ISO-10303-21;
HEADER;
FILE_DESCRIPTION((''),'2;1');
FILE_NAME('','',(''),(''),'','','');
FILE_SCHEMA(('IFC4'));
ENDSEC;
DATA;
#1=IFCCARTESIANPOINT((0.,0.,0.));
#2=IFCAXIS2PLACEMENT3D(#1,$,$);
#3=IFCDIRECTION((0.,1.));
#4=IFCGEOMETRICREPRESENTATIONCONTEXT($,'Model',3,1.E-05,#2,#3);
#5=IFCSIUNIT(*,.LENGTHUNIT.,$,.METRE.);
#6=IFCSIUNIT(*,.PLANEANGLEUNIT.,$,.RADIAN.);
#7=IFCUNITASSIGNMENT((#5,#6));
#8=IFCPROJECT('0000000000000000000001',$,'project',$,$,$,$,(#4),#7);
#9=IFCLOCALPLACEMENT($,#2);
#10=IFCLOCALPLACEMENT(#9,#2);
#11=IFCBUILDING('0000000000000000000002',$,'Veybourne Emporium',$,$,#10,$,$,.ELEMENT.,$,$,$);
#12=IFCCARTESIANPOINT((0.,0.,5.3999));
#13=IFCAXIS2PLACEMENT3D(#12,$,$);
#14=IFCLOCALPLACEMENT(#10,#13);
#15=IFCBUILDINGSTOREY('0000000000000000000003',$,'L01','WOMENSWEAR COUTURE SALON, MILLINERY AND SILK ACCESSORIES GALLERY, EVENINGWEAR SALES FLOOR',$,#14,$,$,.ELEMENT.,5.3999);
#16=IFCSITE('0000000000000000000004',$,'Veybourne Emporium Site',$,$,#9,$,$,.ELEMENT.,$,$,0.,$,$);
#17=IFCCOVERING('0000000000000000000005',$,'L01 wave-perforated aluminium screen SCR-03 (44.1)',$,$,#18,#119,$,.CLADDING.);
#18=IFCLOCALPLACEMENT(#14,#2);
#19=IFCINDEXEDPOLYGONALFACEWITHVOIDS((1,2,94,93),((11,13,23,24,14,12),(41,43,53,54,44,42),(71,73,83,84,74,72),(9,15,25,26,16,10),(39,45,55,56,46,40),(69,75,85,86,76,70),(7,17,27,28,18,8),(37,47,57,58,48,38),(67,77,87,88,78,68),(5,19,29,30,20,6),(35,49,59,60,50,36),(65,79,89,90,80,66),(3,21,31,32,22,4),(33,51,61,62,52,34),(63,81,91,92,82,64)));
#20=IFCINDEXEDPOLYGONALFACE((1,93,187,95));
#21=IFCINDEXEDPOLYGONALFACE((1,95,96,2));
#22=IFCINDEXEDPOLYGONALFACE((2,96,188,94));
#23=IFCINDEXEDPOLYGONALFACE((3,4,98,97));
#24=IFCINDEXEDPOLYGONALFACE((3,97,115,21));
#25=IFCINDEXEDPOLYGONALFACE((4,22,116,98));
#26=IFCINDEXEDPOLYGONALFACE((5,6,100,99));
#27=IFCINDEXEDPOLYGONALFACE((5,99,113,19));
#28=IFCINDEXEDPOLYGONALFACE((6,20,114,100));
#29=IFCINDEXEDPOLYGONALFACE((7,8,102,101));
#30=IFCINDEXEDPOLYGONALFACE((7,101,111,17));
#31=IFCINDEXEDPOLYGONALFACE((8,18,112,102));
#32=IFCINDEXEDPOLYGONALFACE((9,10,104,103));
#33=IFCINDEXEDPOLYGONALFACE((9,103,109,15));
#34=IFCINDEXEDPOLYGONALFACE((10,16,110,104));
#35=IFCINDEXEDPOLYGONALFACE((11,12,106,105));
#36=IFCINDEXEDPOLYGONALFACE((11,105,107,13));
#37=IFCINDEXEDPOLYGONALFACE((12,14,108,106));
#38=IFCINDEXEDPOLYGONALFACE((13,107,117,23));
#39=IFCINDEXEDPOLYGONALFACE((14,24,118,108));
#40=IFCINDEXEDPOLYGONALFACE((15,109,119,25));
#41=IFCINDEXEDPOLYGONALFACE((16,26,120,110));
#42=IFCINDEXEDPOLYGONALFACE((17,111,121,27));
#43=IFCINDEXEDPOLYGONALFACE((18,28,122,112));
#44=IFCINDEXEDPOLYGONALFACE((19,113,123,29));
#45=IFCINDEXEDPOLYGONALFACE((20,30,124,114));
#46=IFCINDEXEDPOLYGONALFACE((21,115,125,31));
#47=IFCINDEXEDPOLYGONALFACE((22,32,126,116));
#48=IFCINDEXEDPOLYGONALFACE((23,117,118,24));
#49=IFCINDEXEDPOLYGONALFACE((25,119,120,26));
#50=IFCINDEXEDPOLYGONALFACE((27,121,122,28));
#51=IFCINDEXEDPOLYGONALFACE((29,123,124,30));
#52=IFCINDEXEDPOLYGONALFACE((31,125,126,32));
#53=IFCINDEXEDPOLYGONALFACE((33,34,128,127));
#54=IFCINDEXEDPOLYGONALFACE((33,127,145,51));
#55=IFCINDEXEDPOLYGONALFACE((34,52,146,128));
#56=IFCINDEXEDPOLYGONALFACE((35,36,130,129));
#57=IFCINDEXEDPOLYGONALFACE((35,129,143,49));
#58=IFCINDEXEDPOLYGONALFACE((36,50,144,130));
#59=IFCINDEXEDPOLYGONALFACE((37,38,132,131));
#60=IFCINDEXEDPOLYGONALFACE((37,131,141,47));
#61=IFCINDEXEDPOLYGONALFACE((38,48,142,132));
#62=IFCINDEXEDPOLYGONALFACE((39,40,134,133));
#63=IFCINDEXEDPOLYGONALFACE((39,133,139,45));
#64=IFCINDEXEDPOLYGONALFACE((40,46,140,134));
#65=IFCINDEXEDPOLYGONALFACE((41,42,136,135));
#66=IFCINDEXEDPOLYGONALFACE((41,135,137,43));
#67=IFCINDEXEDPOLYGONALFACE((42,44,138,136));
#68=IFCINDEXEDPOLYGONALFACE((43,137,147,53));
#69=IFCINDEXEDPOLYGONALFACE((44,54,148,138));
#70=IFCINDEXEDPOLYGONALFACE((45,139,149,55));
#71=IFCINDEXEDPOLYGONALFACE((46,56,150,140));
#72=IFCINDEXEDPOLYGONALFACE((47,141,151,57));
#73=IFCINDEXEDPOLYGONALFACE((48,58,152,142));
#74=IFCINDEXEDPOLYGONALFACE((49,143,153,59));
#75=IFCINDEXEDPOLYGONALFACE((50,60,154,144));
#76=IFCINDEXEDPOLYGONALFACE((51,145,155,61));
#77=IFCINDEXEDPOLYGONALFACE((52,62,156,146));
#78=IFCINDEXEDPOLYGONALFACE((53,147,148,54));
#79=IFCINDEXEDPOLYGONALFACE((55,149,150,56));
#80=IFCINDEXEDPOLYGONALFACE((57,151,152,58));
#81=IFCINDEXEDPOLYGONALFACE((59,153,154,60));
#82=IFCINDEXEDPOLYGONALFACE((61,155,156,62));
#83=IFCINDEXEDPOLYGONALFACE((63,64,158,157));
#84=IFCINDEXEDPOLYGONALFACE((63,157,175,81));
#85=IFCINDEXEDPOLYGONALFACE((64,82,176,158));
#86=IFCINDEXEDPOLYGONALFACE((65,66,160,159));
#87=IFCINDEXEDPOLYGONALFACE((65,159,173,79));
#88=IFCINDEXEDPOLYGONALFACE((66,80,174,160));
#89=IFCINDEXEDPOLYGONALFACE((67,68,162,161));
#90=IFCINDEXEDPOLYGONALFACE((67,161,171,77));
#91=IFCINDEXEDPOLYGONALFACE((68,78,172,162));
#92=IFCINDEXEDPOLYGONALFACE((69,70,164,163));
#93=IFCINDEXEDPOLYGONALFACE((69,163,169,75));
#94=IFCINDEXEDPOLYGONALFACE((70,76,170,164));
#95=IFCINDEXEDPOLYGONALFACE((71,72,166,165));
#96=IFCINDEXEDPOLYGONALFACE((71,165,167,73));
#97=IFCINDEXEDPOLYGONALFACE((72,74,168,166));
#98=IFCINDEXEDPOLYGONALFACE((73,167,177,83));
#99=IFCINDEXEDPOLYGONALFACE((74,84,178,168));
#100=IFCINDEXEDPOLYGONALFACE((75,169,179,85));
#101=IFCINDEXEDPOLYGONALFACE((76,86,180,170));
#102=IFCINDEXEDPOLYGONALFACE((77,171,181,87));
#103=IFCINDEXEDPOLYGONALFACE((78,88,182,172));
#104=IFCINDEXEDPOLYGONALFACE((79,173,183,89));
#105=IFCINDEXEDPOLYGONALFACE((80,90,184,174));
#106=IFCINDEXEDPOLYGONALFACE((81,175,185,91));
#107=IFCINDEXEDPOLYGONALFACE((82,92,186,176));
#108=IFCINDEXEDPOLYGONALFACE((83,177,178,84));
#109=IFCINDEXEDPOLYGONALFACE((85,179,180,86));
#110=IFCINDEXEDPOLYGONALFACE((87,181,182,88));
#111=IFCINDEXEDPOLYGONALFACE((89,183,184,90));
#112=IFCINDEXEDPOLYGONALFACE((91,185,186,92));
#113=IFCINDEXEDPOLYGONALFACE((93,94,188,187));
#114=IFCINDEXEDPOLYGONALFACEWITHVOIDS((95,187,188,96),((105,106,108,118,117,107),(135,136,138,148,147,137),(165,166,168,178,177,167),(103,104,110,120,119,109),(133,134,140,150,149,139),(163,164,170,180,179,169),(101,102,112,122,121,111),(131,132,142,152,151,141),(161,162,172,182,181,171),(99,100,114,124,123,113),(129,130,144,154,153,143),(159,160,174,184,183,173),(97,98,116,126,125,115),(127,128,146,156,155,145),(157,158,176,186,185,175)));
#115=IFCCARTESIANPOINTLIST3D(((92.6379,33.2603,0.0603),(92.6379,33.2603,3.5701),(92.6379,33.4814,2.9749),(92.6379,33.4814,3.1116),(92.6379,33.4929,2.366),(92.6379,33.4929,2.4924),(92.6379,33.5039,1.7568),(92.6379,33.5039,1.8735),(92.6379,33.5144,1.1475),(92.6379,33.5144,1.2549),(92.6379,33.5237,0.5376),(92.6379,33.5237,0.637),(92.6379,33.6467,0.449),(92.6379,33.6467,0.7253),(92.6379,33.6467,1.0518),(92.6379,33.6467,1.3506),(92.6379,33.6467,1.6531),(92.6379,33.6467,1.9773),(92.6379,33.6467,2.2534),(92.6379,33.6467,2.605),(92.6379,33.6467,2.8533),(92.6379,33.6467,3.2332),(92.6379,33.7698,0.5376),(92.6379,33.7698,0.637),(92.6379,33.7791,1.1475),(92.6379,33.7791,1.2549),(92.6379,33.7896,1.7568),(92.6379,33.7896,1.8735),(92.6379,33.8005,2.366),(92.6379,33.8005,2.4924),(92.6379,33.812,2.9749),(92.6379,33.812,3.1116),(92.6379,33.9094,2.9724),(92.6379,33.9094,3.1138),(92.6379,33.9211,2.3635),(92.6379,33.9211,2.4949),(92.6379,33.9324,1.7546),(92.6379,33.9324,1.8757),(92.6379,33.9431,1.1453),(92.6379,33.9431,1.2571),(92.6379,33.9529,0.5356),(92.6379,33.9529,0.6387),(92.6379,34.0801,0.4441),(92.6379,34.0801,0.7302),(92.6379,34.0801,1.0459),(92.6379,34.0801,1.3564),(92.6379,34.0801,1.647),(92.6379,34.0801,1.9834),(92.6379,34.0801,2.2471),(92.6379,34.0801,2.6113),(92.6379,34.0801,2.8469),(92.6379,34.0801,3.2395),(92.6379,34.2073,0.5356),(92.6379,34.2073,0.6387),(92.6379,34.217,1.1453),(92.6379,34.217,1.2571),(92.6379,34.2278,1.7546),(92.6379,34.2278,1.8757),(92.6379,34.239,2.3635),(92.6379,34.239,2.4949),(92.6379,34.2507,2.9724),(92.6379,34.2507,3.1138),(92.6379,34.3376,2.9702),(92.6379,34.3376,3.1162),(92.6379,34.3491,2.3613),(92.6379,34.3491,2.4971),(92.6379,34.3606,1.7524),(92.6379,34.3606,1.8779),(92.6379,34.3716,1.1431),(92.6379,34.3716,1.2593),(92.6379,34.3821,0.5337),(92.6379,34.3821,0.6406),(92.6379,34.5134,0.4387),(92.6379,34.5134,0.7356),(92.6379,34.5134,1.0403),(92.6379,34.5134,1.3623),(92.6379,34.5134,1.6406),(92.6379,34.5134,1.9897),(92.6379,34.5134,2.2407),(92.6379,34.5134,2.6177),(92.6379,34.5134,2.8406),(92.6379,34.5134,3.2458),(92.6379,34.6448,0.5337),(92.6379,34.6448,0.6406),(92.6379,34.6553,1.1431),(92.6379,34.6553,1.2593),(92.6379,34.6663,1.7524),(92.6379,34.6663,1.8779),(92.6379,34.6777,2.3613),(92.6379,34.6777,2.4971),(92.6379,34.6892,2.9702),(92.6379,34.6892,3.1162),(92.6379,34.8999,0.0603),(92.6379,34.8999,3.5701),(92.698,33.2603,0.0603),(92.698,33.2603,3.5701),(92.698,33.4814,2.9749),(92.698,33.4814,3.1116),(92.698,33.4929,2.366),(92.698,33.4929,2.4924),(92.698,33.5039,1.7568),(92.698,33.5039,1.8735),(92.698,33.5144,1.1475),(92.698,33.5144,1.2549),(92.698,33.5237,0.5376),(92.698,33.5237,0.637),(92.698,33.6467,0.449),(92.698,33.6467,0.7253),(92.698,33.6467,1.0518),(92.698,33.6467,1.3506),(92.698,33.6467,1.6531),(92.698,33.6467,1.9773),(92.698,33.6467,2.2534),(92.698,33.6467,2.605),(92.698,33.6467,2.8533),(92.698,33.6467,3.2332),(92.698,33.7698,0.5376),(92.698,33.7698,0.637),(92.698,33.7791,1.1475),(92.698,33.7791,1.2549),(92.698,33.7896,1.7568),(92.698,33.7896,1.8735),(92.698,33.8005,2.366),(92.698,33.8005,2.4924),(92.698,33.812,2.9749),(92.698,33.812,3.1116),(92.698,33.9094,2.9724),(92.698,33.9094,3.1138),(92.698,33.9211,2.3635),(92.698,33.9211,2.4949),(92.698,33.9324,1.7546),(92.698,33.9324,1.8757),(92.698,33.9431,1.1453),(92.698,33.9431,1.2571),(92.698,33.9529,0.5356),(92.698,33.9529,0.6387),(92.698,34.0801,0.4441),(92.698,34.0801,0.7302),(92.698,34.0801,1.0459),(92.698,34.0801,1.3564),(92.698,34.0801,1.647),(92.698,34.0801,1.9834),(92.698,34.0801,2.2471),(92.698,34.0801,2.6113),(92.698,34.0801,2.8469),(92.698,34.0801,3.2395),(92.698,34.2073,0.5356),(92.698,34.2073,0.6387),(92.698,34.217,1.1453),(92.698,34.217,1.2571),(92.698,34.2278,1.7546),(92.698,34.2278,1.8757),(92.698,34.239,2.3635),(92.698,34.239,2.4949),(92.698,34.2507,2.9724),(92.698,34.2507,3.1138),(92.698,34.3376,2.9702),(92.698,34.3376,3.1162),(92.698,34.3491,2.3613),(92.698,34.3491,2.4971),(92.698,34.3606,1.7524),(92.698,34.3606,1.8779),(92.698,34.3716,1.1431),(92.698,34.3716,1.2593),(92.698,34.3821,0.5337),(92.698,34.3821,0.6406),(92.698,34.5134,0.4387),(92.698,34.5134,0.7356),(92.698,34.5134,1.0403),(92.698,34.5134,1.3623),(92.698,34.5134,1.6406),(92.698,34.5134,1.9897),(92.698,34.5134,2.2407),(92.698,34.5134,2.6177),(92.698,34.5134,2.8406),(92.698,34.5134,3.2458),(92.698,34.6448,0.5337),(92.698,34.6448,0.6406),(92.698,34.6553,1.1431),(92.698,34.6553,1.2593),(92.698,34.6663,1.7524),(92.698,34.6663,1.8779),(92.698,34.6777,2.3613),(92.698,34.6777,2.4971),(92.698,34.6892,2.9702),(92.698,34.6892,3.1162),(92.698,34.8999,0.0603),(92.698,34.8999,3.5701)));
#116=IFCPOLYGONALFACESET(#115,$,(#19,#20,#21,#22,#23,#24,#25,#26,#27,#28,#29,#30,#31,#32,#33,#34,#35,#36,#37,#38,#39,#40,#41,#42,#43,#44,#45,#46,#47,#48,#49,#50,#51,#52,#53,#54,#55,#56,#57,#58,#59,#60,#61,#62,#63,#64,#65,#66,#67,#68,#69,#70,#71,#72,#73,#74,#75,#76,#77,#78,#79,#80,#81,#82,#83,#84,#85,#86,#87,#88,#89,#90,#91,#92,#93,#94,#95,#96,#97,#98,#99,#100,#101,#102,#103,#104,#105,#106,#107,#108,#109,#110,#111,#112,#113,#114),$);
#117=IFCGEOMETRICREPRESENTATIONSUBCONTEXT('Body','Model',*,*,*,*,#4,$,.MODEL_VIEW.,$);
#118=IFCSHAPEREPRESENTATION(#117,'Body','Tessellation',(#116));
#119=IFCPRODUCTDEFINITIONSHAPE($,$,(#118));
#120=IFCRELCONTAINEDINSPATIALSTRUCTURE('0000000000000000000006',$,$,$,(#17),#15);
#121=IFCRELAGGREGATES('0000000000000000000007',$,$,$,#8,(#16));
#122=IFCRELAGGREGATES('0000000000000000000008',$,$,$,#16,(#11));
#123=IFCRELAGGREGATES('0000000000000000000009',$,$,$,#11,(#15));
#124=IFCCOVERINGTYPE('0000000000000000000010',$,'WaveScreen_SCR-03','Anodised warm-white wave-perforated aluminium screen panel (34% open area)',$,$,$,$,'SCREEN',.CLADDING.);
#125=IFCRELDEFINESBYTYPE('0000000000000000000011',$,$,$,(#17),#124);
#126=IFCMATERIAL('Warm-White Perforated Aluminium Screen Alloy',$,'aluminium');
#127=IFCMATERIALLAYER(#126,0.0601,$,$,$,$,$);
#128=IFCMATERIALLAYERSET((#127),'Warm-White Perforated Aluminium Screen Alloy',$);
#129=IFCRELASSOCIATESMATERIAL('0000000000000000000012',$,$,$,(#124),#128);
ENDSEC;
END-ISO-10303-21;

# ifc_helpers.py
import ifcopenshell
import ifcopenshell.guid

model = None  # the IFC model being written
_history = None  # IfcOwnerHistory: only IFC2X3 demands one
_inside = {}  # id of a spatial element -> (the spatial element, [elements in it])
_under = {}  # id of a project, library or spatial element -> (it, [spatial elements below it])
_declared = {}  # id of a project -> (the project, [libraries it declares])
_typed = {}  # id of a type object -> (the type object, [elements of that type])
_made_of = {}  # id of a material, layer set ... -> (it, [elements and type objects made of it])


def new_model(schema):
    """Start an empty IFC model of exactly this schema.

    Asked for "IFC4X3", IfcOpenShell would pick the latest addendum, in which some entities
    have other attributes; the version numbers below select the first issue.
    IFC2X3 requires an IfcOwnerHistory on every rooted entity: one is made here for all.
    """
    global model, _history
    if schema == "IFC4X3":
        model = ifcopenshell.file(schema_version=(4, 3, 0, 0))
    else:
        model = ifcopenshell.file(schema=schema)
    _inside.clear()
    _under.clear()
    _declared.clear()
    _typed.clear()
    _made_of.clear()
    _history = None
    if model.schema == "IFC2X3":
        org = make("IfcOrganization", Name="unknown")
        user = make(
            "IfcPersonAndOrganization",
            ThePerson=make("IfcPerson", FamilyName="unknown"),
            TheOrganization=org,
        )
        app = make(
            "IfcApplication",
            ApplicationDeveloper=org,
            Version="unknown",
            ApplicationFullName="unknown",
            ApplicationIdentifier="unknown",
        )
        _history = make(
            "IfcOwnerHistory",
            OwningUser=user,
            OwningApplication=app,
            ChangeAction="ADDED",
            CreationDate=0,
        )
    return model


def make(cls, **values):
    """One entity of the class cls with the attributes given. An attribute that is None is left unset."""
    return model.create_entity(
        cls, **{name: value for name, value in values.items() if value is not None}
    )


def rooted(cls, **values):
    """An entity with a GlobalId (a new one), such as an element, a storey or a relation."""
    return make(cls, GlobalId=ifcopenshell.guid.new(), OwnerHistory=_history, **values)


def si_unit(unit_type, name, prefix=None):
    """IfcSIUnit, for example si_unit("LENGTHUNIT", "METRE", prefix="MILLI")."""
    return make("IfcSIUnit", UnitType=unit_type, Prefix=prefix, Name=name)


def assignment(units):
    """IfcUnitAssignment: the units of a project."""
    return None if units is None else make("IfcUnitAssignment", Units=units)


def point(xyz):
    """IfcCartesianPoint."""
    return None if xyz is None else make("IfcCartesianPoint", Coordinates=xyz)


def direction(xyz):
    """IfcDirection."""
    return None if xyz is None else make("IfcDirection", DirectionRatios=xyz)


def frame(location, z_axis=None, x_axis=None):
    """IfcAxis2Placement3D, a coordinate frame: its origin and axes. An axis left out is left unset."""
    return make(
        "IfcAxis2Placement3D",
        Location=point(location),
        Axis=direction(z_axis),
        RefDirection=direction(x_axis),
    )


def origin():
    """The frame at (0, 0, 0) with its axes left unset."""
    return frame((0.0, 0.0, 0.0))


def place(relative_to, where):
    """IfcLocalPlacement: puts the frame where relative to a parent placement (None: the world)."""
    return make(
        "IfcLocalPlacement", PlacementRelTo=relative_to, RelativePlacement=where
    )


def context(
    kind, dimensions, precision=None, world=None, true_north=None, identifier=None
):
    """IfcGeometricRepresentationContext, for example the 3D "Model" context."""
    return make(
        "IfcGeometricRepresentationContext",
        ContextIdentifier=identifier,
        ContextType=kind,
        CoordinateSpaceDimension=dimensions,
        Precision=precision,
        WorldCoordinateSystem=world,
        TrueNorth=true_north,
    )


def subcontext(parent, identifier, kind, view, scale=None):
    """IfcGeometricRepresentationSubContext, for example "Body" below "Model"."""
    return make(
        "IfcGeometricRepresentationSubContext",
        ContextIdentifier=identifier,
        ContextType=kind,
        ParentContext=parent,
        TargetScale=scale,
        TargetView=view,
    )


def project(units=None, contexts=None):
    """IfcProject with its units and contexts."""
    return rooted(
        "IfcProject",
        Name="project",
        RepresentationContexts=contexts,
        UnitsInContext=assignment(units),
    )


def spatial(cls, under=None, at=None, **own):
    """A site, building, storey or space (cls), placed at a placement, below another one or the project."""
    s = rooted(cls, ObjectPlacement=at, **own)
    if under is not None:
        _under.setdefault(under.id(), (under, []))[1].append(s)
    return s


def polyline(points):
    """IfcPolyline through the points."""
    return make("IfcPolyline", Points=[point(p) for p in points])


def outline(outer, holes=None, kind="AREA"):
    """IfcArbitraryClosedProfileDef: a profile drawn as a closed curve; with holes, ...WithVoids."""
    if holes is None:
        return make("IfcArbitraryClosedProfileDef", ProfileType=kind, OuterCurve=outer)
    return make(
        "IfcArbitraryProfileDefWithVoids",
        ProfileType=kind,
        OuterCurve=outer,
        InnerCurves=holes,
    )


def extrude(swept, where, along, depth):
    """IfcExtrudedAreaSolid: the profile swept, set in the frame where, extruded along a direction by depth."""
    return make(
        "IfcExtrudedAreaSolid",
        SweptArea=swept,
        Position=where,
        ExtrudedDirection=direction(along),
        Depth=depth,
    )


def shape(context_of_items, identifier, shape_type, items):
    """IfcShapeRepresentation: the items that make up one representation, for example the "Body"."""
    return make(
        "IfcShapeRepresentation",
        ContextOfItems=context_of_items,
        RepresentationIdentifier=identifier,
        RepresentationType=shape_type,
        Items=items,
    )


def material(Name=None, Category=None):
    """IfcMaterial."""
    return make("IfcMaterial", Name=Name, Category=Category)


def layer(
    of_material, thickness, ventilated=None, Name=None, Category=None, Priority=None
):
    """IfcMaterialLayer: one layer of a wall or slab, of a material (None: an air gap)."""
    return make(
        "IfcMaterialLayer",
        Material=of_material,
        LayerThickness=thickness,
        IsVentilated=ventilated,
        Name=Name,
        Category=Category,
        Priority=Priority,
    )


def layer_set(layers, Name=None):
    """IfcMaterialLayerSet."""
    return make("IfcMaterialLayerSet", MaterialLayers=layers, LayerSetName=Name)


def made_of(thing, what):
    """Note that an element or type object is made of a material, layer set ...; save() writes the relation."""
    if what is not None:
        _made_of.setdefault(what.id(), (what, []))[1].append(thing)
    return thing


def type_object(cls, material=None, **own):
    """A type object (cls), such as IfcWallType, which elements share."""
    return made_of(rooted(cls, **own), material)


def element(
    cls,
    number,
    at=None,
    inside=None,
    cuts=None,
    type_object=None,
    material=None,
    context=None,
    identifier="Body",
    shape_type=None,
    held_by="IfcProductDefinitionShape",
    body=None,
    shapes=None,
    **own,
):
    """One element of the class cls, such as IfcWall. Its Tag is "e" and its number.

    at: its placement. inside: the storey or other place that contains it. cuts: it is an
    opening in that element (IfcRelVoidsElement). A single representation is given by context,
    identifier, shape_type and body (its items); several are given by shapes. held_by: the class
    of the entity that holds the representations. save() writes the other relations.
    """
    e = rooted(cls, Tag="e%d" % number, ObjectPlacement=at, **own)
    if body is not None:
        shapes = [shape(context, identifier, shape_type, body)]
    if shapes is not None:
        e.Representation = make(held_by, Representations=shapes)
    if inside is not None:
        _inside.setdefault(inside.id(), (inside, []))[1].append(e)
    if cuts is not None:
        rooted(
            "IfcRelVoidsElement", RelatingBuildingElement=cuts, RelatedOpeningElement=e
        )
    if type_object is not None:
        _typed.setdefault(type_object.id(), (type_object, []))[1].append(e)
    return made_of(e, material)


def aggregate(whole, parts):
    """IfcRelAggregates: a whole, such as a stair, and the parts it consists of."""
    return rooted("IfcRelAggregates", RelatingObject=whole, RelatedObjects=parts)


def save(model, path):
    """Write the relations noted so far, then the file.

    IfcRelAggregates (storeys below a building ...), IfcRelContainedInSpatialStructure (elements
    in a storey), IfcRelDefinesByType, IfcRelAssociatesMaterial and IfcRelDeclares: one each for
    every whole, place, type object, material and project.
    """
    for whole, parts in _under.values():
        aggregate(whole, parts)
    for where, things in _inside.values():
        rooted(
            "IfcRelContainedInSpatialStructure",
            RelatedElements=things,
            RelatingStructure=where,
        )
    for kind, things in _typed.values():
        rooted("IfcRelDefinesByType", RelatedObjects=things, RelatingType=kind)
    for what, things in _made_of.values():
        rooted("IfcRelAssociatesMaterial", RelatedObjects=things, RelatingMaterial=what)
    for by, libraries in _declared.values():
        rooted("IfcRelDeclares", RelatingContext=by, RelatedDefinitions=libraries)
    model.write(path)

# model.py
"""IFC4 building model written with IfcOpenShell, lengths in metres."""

from ifc_helpers import new_model, si_unit, direction, frame, origin, place, context, subcontext, project, spatial, polyline, outline, extrude, material, layer, layer_set, type_object, element, save


model = new_model("IFC4")

# Units and contexts
model_context = context("Model", 3, precision=1e-05, world=origin(), true_north=direction((0.0, 1.0)))
body_context = subcontext(model_context, "Body", "Model", "MODEL_VIEW")
ifc_project = project(units=[si_unit("LENGTHUNIT", "METRE"), si_unit("PLANEANGLEUNIT", "RADIAN")], contexts=[model_context])

# Site, building, storey
site_placement = place(None, origin())
site = spatial("IfcSite", under=ifc_project, at=site_placement, Name="Veybourne Emporium Site", CompositionType="ELEMENT", RefElevation=0.0)
building_placement = place(site_placement, origin())
building = spatial("IfcBuilding", under=site, at=building_placement, Name="Veybourne Emporium", CompositionType="ELEMENT")
storey_placement = place(building_placement, frame((0.0, 0.0, 5.3999)))
storey = spatial("IfcBuildingStorey", under=building, at=storey_placement, Name="L01", Description="WOMENSWEAR COUTURE SALON, MILLINERY AND SILK ACCESSORIES GALLERY, EVENINGWEAR SALES FLOOR", CompositionType="ELEMENT", Elevation=5.3999)

# Covering
ifc_material_1 = material(Name="Warm-White Perforated Aluminium Screen Alloy", Category="aluminium")
ifc_layer_1 = layer(ifc_material_1, 0.0601)
ifc_layer_set_1 = layer_set([ifc_layer_1], Name="Warm-White Perforated Aluminium Screen Alloy")
covering_type_1 = type_object("IfcCoveringType", Name="WaveScreen_SCR-03", Description="Anodised warm-white wave-perforated aluminium screen panel (34% open area)", ElementType="SCREEN", PredefinedType="CLADDING", material=ifc_layer_set_1)
covering_1_placement = place(storey_placement, frame((92.698, 34.0801, 1.8152), z_axis=(-1.0, 0.0, 0.0), x_axis=(0.0, -1.0, 0.0)))
element("IfcCovering", 1, at=covering_1_placement, inside=storey, type_object=covering_type_1, Name="L01 wave-perforated aluminium screen SCR-03 (44.1)", PredefinedType="CLADDING", context=body_context, shape_type="SweptSolid", body=[
    extrude(outline(polyline([(-0.8198, -1.7549), (0.8198, -1.7549), (0.8198, 1.7549), (-0.8198, 1.7549), (-0.8198, -1.7549)]), holes=[polyline([(-0.4333, -1.0796), (-0.302, -1.1746), (-0.302, -1.2815), (-0.4333, -1.3765), (-0.5647, -1.2815), (-0.5647, -1.1746), (-0.4333, -1.0796)]), polyline([(-0.4333, -0.4529), (-0.2915, -0.5559), (-0.2915, -0.6721), (-0.4333, -0.7749), (-0.5752, -0.6721), (-0.5752, -0.5559), (-0.4333, -0.4529)]), polyline([(-0.4333, 0.1746), (-0.2805, 0.0627), (-0.2805, -0.0627), (-0.4333, -0.1746), (-0.5862, -0.0627), (-0.5862, 0.0627), (-0.4333, 0.1746)]), polyline([(-0.4333, 0.8025), (-0.269, 0.6819), (-0.269, 0.5461), (-0.4333, 0.4255), (-0.5977, 0.5461), (-0.5977, 0.6819), (-0.4333, 0.8025)]), polyline([(-0.4333, 1.4307), (-0.2576, 1.301), (-0.2576, 1.155), (-0.4333, 1.0254), (-0.6091, 1.155), (-0.6091, 1.301), (-0.4333, 1.4307)]), polyline([(0.0, -1.085), (0.1272, -1.1765), (0.1272, -1.2795), (0.0, -1.3711), (-0.1272, -1.2795), (-0.1272, -1.1765), (0.0, -1.085)]), polyline([(0.0, -0.4587), (0.137, -0.5581), (0.137, -0.6699), (0.0, -0.7693), (-0.137, -0.6699), (-0.137, -0.5581), (0.0, -0.4587)]), polyline([(0.0, 0.1682), (0.1477, 0.0605), (0.1477, -0.0605), (0.0, -0.1682), (-0.1477, -0.0605), (-0.1477, 0.0605), (0.0, 0.1682)]), polyline([(0.0, 0.7961), (0.1589, 0.6797), (0.1589, 0.5483), (0.0, 0.4319), (-0.1589, 0.5483), (-0.1589, 0.6797), (0.0, 0.7961)]), polyline([(0.0, 1.4243), (0.1707, 1.2986), (0.1707, 1.1572), (0.0, 1.0317), (-0.1707, 1.1572), (-0.1707, 1.2986), (0.0, 1.4243)]), polyline([(0.4333, -1.0898), (0.5564, -1.1782), (0.5564, -1.2776), (0.4333, -1.3662), (0.3103, -1.2776), (0.3103, -1.1782), (0.4333, -1.0898)]), polyline([(0.4333, -0.4646), (0.5657, -0.5603), (0.5657, -0.6677), (0.4333, -0.7634), (0.301, -0.6677), (0.301, -0.5603), (0.4333, -0.4646)]), polyline([(0.4333, 0.1621), (0.5762, 0.0583), (0.5762, -0.0583), (0.4333, -0.1621), (0.2905, -0.0583), (0.2905, 0.0583), (0.4333, 0.1621)]), polyline([(0.4333, 0.7898), (0.5872, 0.6772), (0.5872, 0.5508), (0.4333, 0.4382), (0.2795, 0.5508), (0.2795, 0.6772), (0.4333, 0.7898)]), polyline([(0.4333, 1.418), (0.5986, 1.2964), (0.5986, 1.1597), (0.4333, 1.0381), (0.2681, 1.1597), (0.2681, 1.2964), (0.4333, 1.418)])]), origin(), (0.0, 0.0, 1.0), 0.0601),
])

save(model, "model.ifc")
